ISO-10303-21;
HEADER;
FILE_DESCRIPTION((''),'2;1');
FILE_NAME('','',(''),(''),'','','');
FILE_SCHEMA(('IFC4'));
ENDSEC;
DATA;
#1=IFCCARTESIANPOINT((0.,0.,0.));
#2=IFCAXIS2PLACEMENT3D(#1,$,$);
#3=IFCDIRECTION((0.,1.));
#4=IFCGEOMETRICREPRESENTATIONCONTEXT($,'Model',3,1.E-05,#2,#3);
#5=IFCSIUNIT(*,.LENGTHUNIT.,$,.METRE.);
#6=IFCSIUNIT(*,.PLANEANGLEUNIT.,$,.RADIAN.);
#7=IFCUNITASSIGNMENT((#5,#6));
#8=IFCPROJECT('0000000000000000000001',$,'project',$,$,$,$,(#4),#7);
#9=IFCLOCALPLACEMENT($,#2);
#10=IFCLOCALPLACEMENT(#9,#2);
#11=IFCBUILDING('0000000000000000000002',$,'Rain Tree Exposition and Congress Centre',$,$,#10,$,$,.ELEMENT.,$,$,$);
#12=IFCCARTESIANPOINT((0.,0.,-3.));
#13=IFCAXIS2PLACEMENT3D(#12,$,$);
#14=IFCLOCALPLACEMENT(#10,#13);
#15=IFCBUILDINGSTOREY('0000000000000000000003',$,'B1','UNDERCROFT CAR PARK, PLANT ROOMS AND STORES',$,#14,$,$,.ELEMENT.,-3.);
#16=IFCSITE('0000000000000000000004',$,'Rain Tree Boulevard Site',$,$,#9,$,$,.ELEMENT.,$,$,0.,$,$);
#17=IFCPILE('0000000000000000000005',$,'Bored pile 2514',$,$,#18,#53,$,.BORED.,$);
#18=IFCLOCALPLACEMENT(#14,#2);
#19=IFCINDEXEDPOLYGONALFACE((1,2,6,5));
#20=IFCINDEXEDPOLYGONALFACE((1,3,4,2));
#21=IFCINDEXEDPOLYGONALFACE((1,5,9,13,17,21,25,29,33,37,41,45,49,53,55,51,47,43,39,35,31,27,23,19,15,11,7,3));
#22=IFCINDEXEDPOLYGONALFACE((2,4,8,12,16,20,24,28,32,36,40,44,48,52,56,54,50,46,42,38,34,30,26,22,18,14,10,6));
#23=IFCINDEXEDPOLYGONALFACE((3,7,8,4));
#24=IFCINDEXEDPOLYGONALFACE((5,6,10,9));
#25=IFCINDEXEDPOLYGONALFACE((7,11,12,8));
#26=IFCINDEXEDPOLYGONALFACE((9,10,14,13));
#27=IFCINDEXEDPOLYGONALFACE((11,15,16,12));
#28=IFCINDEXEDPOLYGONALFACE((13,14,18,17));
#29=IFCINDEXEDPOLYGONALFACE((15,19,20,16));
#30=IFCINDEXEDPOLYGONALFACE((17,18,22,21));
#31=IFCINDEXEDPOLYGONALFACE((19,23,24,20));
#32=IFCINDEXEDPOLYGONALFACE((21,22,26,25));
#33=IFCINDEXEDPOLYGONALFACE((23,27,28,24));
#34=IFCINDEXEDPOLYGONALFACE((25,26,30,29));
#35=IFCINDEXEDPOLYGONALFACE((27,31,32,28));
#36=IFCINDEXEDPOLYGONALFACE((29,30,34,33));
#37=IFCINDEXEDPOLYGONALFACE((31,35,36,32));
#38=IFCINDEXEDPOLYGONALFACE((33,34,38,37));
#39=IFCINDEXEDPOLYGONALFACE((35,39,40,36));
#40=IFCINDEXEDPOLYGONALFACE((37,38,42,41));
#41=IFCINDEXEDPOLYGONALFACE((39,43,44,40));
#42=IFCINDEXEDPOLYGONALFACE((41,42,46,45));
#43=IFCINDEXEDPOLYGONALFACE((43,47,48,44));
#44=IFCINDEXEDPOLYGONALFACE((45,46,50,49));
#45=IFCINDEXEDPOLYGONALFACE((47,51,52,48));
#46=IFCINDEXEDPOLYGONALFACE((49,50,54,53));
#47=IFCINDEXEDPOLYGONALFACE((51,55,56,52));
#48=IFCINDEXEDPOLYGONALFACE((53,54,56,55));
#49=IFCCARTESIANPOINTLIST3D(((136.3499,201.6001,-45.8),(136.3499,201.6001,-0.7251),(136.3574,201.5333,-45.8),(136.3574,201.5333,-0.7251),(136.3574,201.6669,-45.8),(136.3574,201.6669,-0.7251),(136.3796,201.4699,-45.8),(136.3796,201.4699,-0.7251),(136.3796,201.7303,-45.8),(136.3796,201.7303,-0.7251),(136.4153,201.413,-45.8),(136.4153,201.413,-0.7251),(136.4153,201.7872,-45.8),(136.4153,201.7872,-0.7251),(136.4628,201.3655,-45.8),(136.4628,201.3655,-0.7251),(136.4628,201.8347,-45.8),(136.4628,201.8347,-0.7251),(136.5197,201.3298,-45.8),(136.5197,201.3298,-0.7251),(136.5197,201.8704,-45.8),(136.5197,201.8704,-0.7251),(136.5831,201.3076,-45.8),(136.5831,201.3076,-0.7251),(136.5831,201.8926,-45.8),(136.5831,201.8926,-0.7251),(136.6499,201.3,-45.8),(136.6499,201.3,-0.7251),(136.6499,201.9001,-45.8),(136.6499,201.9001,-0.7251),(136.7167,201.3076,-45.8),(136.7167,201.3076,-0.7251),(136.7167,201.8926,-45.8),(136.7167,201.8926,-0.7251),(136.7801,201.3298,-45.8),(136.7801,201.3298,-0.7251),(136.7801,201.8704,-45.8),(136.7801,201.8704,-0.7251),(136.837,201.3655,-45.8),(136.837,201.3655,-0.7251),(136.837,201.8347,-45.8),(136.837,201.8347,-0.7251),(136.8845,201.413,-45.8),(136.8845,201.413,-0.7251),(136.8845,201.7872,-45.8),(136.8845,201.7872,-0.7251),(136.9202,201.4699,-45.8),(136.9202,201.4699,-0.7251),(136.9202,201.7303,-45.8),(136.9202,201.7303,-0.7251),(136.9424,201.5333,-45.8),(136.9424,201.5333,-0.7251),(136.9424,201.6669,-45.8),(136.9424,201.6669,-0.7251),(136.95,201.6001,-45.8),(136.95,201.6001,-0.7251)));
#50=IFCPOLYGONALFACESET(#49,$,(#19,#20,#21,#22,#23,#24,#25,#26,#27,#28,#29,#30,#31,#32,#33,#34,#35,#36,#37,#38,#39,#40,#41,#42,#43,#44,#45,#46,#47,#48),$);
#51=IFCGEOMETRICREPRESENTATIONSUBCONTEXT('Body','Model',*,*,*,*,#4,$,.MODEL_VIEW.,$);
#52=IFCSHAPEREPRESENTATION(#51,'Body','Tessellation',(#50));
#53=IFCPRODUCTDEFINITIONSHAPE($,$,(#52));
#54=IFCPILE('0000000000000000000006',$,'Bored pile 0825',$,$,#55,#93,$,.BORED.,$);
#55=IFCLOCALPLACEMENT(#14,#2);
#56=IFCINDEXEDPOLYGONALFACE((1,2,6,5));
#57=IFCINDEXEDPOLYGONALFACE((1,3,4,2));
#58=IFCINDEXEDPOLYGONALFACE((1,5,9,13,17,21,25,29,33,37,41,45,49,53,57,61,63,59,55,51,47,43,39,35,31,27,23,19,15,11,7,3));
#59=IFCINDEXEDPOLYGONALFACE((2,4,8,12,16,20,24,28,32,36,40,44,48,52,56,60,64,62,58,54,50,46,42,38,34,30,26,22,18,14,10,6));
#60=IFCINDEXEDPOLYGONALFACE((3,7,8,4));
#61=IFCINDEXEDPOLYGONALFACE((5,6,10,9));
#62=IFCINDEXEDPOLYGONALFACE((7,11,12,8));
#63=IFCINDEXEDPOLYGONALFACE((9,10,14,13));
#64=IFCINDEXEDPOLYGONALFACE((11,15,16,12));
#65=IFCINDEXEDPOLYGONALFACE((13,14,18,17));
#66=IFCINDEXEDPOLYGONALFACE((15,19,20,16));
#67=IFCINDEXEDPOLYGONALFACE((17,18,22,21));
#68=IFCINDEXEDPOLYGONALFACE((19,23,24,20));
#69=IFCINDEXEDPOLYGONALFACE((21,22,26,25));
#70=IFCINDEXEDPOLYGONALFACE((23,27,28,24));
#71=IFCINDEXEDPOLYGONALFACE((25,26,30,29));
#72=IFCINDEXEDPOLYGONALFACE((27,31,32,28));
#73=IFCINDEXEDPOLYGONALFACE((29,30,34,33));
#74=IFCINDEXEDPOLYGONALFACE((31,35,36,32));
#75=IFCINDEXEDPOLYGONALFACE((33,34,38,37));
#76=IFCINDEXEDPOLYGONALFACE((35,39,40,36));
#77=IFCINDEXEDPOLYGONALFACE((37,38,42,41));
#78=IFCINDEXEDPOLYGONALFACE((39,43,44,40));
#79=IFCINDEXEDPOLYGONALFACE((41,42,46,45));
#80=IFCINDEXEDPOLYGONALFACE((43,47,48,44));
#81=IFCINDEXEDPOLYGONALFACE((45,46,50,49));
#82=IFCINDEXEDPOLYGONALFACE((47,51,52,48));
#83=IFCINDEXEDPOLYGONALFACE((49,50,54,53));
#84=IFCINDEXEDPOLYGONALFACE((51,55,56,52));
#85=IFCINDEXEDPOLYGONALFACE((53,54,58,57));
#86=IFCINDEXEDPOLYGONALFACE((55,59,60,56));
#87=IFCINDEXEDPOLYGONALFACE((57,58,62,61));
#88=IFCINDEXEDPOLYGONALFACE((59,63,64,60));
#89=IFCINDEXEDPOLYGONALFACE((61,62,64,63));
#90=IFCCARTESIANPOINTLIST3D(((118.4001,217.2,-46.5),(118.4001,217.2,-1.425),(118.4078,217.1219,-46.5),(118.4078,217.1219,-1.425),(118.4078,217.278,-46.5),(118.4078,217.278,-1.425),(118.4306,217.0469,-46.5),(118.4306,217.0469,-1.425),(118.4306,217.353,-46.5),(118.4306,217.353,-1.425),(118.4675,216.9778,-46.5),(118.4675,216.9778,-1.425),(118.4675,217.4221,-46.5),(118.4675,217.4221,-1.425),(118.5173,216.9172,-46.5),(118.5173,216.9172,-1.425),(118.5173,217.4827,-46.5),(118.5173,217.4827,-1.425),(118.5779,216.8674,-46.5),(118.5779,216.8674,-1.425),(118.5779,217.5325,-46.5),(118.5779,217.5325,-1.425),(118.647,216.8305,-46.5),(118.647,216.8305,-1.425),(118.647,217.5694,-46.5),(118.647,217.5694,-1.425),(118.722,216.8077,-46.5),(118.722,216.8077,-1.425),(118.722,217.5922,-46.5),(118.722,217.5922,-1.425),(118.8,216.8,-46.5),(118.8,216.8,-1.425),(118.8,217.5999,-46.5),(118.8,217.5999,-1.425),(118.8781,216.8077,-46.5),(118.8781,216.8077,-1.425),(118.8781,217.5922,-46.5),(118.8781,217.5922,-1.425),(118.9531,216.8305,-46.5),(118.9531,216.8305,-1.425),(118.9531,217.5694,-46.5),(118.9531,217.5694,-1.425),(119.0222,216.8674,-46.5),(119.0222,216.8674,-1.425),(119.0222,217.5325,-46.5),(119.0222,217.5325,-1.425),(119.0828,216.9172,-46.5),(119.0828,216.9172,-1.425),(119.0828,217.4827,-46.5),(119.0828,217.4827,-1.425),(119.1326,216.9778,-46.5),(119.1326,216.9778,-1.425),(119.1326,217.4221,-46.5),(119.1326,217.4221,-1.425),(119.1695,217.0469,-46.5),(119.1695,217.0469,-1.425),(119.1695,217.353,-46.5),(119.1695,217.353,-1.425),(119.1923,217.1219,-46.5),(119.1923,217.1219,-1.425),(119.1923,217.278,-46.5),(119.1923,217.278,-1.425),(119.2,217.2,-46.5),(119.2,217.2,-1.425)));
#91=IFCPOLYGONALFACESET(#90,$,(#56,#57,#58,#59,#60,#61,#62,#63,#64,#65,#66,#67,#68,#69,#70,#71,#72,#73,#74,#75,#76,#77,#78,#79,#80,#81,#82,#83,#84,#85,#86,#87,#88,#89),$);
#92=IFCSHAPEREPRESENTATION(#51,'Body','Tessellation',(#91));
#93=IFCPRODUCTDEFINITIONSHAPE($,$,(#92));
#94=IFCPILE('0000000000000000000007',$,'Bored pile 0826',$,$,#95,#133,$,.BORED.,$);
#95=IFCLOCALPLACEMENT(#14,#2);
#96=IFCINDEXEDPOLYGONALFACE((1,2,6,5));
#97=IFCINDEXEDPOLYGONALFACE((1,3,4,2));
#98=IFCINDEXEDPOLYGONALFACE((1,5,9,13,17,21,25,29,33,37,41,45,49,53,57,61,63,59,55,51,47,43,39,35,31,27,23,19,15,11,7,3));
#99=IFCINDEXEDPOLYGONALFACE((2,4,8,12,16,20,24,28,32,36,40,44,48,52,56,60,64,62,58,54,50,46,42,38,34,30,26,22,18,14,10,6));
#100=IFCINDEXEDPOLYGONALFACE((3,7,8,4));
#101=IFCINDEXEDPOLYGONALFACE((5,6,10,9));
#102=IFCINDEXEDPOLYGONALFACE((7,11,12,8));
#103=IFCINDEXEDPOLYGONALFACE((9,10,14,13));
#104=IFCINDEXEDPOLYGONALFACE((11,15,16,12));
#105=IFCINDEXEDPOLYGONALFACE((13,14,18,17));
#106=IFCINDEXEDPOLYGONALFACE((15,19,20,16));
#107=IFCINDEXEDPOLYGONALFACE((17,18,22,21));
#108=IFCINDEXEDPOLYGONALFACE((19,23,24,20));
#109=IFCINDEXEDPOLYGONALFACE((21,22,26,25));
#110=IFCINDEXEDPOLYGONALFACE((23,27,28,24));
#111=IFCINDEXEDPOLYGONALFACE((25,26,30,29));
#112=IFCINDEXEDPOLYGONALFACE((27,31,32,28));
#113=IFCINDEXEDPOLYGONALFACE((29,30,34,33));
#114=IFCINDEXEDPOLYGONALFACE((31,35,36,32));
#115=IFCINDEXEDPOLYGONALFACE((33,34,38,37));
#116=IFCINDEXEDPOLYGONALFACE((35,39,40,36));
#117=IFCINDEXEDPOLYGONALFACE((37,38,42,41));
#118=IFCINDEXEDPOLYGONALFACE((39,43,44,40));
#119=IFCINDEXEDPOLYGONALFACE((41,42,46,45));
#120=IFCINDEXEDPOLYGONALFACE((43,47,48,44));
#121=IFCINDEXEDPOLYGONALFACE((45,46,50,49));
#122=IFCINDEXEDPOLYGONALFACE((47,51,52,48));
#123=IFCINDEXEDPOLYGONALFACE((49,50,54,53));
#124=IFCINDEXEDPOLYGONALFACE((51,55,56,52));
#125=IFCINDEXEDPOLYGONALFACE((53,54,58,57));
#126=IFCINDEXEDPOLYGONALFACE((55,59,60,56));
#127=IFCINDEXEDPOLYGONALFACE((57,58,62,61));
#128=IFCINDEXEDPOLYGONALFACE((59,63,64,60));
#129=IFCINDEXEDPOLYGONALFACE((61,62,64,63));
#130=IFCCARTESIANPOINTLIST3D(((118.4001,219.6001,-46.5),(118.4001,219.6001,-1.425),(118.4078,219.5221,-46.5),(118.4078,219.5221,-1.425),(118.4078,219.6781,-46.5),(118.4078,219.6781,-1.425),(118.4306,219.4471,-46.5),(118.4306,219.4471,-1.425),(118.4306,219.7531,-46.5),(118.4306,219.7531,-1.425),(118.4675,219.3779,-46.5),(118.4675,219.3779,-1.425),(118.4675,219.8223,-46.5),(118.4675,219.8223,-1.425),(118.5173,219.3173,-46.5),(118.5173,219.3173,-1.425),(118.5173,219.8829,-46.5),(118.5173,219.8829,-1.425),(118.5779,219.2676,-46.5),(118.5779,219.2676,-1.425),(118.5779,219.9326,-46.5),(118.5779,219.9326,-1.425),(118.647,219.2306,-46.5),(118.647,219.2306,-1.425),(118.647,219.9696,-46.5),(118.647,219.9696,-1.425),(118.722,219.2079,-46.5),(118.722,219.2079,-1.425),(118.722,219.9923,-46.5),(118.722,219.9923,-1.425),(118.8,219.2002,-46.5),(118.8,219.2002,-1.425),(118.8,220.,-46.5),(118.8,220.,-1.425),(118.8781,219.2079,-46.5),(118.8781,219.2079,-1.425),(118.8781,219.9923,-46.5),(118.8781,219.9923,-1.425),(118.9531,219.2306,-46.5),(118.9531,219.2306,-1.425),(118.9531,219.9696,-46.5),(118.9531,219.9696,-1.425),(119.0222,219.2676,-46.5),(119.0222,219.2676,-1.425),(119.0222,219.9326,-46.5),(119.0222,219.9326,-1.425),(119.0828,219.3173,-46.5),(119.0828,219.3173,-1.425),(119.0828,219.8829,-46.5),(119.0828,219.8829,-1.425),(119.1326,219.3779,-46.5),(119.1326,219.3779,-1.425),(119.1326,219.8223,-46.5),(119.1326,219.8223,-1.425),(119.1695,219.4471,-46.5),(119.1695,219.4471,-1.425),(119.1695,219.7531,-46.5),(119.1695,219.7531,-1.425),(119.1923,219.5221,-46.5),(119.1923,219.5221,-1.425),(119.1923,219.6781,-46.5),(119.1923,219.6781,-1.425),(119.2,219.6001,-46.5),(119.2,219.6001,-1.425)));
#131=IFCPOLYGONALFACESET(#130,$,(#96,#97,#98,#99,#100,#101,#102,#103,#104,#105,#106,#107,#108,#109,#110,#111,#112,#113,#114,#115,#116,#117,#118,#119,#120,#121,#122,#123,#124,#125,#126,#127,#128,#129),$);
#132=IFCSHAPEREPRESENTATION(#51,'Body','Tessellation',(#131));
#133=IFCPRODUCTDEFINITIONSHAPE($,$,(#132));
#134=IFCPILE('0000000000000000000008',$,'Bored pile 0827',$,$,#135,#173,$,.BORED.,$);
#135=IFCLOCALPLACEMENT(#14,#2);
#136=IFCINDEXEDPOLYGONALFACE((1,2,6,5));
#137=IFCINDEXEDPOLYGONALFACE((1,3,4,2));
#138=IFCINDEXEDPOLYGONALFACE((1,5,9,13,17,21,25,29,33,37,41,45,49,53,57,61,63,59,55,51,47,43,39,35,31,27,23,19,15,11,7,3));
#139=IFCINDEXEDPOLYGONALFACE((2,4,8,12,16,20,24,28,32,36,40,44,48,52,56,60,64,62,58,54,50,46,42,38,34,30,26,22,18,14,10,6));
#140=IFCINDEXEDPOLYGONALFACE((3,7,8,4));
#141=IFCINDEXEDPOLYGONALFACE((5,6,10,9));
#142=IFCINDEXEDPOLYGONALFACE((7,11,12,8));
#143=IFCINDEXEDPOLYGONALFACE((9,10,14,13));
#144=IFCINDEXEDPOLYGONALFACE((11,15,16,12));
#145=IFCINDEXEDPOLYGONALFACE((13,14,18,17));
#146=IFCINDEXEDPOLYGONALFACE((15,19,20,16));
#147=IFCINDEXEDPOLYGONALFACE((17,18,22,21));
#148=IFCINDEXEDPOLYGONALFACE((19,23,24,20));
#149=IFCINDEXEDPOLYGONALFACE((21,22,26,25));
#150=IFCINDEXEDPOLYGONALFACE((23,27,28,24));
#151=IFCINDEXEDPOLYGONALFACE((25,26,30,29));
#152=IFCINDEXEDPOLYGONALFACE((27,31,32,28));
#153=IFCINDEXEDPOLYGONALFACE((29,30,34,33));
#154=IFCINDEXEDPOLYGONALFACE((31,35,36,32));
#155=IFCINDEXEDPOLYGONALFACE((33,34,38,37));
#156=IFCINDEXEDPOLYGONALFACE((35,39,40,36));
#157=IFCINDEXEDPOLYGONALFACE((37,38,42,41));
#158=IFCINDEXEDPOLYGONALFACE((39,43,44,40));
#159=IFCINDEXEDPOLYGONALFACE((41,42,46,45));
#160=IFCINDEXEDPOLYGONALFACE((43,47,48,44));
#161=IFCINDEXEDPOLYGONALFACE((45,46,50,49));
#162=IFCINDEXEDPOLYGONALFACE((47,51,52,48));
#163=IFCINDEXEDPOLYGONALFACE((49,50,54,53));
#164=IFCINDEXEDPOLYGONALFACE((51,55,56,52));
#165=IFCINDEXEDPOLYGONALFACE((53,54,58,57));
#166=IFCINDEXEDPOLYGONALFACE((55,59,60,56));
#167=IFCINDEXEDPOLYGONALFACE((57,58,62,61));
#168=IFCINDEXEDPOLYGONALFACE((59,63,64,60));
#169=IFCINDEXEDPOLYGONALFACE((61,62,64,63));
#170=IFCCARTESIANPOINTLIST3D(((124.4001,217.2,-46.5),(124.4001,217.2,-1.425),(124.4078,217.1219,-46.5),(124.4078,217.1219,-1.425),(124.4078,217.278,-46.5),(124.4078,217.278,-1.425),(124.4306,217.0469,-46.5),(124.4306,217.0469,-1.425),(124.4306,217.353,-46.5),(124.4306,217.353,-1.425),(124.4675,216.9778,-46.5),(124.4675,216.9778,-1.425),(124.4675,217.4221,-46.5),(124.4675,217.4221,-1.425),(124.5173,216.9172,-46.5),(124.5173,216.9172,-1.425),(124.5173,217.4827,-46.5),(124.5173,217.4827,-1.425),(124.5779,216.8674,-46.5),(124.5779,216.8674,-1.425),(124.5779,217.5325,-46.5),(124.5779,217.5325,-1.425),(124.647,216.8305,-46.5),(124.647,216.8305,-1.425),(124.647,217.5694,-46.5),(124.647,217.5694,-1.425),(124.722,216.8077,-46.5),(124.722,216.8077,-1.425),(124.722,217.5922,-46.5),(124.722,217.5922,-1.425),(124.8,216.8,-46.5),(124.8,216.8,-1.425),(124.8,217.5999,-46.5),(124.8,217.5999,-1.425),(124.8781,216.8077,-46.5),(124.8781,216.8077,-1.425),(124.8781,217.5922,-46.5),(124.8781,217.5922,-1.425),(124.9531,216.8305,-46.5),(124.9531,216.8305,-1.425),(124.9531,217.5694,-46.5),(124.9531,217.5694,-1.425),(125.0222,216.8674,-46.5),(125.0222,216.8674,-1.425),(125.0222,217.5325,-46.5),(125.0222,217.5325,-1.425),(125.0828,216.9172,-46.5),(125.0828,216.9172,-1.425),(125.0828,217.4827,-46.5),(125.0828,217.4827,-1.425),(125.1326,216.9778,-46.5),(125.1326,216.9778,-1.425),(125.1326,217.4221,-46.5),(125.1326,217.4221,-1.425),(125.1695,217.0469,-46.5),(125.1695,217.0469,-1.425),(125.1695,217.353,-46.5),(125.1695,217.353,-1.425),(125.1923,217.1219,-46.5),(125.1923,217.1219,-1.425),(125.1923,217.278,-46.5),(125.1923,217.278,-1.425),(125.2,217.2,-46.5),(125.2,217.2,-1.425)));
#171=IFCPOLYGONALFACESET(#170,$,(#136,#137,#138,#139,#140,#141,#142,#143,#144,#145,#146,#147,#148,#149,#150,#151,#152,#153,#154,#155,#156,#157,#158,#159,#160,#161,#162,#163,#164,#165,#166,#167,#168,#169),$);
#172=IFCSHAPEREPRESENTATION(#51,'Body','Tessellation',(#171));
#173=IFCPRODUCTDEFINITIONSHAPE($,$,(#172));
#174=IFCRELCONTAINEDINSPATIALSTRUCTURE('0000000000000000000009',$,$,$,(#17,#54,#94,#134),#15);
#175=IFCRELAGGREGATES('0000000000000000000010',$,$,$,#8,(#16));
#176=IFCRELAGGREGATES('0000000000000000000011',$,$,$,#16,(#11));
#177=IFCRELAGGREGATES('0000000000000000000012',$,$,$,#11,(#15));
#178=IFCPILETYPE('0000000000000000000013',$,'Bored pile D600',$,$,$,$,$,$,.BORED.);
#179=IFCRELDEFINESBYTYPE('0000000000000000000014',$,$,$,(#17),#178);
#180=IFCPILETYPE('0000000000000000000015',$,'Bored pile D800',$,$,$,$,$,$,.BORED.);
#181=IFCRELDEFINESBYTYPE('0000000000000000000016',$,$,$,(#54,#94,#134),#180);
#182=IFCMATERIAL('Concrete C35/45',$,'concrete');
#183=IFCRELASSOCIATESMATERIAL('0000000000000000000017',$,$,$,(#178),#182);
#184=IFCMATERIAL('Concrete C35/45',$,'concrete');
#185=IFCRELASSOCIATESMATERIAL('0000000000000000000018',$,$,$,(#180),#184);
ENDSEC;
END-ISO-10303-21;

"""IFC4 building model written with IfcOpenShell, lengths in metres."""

from ifc_helpers import new_model, si_unit, direction, frame, origin, origin_2d, place, context, subcontext, project, spatial, circle, extrude, material, material_profile, profile_set, type_object, element, save


model = new_model("IFC4")

# Units and contexts
model_context = context("Model", 3, precision=1e-05, world=origin(), true_north=direction((0.0, 1.0)))
body_context = subcontext(model_context, "Body", "Model", "MODEL_VIEW")
ifc_project = project(units=[si_unit("LENGTHUNIT", "METRE"), si_unit("PLANEANGLEUNIT", "RADIAN")], contexts=[model_context])

# Site, building, storey
site_placement = place(None, origin())
site = spatial("IfcSite", under=ifc_project, at=site_placement, Name="Rain Tree Boulevard Site", CompositionType="ELEMENT", RefElevation=0.0)
building_placement = place(site_placement, origin())
building = spatial("IfcBuilding", under=site, at=building_placement, Name="Rain Tree Exposition and Congress Centre", CompositionType="ELEMENT")
storey_placement = place(building_placement, frame((0.0, 0.0, -3.0)))
storey = spatial("IfcBuildingStorey", under=building, at=storey_placement, Name="B1", Description="UNDERCROFT CAR PARK, PLANT ROOMS AND STORES", CompositionType="ELEMENT", Elevation=-3.0)

# Piles
ifc_material_1 = material(Name="Concrete C35/45", Category="concrete")
ifc_material_profile_1 = material_profile(ifc_material_1, circle(Radius=0.3, at=origin_2d()), Name="D600")
ifc_profile_set_1 = profile_set([ifc_material_profile_1], Name="Concrete C35/45")
pile_type_1 = type_object("IfcPileType", Name="Bored pile D600", PredefinedType="BORED", material=ifc_profile_set_1)
for number, where, z_axis, x_axis, name in (
    (1, (136.6499, 201.6001, -0.7251), (0.0, 0.0, -1.0), (1.0, 0.0, 0.0), "Bored pile 2514"),
):
    element("IfcPile", number, at=place(storey_placement, frame(where, z_axis=z_axis, x_axis=x_axis)), inside=storey, type_object=pile_type_1, Name=name, PredefinedType="BORED", context=body_context, shape_type="SweptSolid", body=[
        extrude(circle(Radius=0.3, at=origin_2d()), origin(), (0.0, 0.0, 1.0), 45.075),
    ])
ifc_material_2 = material(Name="Concrete C35/45", Category="concrete")
ifc_material_profile_2 = material_profile(ifc_material_2, circle(Radius=0.3999, at=origin_2d()), Name="D800")
ifc_profile_set_2 = profile_set([ifc_material_profile_2], Name="Concrete C35/45")
pile_type_2 = type_object("IfcPileType", Name="Bored pile D800", PredefinedType="BORED", material=ifc_profile_set_2)
for number, where, z_axis, x_axis, name in (
    (2, (118.8, 217.2, -1.425), (0.0, 0.0, -1.0), (1.0, 0.0, 0.0), "Bored pile 0825"),
    (3, (118.8, 219.6001, -1.425), (0.0, 0.0, -1.0), (1.0, 0.0, 0.0), "Bored pile 0826"),
    (4, (124.8, 217.2, -1.425), (0.0, 0.0, -1.0), (1.0, 0.0, 0.0), "Bored pile 0827"),
):
    element("IfcPile", number, at=place(storey_placement, frame(where, z_axis=z_axis, x_axis=x_axis)), inside=storey, type_object=pile_type_2, Name=name, PredefinedType="BORED", context=body_context, shape_type="SweptSolid", body=[
        extrude(circle(Radius=0.3999, at=origin_2d()), origin(), (0.0, 0.0, 1.0), 45.075),
    ])

save(model, "model.ifc")
